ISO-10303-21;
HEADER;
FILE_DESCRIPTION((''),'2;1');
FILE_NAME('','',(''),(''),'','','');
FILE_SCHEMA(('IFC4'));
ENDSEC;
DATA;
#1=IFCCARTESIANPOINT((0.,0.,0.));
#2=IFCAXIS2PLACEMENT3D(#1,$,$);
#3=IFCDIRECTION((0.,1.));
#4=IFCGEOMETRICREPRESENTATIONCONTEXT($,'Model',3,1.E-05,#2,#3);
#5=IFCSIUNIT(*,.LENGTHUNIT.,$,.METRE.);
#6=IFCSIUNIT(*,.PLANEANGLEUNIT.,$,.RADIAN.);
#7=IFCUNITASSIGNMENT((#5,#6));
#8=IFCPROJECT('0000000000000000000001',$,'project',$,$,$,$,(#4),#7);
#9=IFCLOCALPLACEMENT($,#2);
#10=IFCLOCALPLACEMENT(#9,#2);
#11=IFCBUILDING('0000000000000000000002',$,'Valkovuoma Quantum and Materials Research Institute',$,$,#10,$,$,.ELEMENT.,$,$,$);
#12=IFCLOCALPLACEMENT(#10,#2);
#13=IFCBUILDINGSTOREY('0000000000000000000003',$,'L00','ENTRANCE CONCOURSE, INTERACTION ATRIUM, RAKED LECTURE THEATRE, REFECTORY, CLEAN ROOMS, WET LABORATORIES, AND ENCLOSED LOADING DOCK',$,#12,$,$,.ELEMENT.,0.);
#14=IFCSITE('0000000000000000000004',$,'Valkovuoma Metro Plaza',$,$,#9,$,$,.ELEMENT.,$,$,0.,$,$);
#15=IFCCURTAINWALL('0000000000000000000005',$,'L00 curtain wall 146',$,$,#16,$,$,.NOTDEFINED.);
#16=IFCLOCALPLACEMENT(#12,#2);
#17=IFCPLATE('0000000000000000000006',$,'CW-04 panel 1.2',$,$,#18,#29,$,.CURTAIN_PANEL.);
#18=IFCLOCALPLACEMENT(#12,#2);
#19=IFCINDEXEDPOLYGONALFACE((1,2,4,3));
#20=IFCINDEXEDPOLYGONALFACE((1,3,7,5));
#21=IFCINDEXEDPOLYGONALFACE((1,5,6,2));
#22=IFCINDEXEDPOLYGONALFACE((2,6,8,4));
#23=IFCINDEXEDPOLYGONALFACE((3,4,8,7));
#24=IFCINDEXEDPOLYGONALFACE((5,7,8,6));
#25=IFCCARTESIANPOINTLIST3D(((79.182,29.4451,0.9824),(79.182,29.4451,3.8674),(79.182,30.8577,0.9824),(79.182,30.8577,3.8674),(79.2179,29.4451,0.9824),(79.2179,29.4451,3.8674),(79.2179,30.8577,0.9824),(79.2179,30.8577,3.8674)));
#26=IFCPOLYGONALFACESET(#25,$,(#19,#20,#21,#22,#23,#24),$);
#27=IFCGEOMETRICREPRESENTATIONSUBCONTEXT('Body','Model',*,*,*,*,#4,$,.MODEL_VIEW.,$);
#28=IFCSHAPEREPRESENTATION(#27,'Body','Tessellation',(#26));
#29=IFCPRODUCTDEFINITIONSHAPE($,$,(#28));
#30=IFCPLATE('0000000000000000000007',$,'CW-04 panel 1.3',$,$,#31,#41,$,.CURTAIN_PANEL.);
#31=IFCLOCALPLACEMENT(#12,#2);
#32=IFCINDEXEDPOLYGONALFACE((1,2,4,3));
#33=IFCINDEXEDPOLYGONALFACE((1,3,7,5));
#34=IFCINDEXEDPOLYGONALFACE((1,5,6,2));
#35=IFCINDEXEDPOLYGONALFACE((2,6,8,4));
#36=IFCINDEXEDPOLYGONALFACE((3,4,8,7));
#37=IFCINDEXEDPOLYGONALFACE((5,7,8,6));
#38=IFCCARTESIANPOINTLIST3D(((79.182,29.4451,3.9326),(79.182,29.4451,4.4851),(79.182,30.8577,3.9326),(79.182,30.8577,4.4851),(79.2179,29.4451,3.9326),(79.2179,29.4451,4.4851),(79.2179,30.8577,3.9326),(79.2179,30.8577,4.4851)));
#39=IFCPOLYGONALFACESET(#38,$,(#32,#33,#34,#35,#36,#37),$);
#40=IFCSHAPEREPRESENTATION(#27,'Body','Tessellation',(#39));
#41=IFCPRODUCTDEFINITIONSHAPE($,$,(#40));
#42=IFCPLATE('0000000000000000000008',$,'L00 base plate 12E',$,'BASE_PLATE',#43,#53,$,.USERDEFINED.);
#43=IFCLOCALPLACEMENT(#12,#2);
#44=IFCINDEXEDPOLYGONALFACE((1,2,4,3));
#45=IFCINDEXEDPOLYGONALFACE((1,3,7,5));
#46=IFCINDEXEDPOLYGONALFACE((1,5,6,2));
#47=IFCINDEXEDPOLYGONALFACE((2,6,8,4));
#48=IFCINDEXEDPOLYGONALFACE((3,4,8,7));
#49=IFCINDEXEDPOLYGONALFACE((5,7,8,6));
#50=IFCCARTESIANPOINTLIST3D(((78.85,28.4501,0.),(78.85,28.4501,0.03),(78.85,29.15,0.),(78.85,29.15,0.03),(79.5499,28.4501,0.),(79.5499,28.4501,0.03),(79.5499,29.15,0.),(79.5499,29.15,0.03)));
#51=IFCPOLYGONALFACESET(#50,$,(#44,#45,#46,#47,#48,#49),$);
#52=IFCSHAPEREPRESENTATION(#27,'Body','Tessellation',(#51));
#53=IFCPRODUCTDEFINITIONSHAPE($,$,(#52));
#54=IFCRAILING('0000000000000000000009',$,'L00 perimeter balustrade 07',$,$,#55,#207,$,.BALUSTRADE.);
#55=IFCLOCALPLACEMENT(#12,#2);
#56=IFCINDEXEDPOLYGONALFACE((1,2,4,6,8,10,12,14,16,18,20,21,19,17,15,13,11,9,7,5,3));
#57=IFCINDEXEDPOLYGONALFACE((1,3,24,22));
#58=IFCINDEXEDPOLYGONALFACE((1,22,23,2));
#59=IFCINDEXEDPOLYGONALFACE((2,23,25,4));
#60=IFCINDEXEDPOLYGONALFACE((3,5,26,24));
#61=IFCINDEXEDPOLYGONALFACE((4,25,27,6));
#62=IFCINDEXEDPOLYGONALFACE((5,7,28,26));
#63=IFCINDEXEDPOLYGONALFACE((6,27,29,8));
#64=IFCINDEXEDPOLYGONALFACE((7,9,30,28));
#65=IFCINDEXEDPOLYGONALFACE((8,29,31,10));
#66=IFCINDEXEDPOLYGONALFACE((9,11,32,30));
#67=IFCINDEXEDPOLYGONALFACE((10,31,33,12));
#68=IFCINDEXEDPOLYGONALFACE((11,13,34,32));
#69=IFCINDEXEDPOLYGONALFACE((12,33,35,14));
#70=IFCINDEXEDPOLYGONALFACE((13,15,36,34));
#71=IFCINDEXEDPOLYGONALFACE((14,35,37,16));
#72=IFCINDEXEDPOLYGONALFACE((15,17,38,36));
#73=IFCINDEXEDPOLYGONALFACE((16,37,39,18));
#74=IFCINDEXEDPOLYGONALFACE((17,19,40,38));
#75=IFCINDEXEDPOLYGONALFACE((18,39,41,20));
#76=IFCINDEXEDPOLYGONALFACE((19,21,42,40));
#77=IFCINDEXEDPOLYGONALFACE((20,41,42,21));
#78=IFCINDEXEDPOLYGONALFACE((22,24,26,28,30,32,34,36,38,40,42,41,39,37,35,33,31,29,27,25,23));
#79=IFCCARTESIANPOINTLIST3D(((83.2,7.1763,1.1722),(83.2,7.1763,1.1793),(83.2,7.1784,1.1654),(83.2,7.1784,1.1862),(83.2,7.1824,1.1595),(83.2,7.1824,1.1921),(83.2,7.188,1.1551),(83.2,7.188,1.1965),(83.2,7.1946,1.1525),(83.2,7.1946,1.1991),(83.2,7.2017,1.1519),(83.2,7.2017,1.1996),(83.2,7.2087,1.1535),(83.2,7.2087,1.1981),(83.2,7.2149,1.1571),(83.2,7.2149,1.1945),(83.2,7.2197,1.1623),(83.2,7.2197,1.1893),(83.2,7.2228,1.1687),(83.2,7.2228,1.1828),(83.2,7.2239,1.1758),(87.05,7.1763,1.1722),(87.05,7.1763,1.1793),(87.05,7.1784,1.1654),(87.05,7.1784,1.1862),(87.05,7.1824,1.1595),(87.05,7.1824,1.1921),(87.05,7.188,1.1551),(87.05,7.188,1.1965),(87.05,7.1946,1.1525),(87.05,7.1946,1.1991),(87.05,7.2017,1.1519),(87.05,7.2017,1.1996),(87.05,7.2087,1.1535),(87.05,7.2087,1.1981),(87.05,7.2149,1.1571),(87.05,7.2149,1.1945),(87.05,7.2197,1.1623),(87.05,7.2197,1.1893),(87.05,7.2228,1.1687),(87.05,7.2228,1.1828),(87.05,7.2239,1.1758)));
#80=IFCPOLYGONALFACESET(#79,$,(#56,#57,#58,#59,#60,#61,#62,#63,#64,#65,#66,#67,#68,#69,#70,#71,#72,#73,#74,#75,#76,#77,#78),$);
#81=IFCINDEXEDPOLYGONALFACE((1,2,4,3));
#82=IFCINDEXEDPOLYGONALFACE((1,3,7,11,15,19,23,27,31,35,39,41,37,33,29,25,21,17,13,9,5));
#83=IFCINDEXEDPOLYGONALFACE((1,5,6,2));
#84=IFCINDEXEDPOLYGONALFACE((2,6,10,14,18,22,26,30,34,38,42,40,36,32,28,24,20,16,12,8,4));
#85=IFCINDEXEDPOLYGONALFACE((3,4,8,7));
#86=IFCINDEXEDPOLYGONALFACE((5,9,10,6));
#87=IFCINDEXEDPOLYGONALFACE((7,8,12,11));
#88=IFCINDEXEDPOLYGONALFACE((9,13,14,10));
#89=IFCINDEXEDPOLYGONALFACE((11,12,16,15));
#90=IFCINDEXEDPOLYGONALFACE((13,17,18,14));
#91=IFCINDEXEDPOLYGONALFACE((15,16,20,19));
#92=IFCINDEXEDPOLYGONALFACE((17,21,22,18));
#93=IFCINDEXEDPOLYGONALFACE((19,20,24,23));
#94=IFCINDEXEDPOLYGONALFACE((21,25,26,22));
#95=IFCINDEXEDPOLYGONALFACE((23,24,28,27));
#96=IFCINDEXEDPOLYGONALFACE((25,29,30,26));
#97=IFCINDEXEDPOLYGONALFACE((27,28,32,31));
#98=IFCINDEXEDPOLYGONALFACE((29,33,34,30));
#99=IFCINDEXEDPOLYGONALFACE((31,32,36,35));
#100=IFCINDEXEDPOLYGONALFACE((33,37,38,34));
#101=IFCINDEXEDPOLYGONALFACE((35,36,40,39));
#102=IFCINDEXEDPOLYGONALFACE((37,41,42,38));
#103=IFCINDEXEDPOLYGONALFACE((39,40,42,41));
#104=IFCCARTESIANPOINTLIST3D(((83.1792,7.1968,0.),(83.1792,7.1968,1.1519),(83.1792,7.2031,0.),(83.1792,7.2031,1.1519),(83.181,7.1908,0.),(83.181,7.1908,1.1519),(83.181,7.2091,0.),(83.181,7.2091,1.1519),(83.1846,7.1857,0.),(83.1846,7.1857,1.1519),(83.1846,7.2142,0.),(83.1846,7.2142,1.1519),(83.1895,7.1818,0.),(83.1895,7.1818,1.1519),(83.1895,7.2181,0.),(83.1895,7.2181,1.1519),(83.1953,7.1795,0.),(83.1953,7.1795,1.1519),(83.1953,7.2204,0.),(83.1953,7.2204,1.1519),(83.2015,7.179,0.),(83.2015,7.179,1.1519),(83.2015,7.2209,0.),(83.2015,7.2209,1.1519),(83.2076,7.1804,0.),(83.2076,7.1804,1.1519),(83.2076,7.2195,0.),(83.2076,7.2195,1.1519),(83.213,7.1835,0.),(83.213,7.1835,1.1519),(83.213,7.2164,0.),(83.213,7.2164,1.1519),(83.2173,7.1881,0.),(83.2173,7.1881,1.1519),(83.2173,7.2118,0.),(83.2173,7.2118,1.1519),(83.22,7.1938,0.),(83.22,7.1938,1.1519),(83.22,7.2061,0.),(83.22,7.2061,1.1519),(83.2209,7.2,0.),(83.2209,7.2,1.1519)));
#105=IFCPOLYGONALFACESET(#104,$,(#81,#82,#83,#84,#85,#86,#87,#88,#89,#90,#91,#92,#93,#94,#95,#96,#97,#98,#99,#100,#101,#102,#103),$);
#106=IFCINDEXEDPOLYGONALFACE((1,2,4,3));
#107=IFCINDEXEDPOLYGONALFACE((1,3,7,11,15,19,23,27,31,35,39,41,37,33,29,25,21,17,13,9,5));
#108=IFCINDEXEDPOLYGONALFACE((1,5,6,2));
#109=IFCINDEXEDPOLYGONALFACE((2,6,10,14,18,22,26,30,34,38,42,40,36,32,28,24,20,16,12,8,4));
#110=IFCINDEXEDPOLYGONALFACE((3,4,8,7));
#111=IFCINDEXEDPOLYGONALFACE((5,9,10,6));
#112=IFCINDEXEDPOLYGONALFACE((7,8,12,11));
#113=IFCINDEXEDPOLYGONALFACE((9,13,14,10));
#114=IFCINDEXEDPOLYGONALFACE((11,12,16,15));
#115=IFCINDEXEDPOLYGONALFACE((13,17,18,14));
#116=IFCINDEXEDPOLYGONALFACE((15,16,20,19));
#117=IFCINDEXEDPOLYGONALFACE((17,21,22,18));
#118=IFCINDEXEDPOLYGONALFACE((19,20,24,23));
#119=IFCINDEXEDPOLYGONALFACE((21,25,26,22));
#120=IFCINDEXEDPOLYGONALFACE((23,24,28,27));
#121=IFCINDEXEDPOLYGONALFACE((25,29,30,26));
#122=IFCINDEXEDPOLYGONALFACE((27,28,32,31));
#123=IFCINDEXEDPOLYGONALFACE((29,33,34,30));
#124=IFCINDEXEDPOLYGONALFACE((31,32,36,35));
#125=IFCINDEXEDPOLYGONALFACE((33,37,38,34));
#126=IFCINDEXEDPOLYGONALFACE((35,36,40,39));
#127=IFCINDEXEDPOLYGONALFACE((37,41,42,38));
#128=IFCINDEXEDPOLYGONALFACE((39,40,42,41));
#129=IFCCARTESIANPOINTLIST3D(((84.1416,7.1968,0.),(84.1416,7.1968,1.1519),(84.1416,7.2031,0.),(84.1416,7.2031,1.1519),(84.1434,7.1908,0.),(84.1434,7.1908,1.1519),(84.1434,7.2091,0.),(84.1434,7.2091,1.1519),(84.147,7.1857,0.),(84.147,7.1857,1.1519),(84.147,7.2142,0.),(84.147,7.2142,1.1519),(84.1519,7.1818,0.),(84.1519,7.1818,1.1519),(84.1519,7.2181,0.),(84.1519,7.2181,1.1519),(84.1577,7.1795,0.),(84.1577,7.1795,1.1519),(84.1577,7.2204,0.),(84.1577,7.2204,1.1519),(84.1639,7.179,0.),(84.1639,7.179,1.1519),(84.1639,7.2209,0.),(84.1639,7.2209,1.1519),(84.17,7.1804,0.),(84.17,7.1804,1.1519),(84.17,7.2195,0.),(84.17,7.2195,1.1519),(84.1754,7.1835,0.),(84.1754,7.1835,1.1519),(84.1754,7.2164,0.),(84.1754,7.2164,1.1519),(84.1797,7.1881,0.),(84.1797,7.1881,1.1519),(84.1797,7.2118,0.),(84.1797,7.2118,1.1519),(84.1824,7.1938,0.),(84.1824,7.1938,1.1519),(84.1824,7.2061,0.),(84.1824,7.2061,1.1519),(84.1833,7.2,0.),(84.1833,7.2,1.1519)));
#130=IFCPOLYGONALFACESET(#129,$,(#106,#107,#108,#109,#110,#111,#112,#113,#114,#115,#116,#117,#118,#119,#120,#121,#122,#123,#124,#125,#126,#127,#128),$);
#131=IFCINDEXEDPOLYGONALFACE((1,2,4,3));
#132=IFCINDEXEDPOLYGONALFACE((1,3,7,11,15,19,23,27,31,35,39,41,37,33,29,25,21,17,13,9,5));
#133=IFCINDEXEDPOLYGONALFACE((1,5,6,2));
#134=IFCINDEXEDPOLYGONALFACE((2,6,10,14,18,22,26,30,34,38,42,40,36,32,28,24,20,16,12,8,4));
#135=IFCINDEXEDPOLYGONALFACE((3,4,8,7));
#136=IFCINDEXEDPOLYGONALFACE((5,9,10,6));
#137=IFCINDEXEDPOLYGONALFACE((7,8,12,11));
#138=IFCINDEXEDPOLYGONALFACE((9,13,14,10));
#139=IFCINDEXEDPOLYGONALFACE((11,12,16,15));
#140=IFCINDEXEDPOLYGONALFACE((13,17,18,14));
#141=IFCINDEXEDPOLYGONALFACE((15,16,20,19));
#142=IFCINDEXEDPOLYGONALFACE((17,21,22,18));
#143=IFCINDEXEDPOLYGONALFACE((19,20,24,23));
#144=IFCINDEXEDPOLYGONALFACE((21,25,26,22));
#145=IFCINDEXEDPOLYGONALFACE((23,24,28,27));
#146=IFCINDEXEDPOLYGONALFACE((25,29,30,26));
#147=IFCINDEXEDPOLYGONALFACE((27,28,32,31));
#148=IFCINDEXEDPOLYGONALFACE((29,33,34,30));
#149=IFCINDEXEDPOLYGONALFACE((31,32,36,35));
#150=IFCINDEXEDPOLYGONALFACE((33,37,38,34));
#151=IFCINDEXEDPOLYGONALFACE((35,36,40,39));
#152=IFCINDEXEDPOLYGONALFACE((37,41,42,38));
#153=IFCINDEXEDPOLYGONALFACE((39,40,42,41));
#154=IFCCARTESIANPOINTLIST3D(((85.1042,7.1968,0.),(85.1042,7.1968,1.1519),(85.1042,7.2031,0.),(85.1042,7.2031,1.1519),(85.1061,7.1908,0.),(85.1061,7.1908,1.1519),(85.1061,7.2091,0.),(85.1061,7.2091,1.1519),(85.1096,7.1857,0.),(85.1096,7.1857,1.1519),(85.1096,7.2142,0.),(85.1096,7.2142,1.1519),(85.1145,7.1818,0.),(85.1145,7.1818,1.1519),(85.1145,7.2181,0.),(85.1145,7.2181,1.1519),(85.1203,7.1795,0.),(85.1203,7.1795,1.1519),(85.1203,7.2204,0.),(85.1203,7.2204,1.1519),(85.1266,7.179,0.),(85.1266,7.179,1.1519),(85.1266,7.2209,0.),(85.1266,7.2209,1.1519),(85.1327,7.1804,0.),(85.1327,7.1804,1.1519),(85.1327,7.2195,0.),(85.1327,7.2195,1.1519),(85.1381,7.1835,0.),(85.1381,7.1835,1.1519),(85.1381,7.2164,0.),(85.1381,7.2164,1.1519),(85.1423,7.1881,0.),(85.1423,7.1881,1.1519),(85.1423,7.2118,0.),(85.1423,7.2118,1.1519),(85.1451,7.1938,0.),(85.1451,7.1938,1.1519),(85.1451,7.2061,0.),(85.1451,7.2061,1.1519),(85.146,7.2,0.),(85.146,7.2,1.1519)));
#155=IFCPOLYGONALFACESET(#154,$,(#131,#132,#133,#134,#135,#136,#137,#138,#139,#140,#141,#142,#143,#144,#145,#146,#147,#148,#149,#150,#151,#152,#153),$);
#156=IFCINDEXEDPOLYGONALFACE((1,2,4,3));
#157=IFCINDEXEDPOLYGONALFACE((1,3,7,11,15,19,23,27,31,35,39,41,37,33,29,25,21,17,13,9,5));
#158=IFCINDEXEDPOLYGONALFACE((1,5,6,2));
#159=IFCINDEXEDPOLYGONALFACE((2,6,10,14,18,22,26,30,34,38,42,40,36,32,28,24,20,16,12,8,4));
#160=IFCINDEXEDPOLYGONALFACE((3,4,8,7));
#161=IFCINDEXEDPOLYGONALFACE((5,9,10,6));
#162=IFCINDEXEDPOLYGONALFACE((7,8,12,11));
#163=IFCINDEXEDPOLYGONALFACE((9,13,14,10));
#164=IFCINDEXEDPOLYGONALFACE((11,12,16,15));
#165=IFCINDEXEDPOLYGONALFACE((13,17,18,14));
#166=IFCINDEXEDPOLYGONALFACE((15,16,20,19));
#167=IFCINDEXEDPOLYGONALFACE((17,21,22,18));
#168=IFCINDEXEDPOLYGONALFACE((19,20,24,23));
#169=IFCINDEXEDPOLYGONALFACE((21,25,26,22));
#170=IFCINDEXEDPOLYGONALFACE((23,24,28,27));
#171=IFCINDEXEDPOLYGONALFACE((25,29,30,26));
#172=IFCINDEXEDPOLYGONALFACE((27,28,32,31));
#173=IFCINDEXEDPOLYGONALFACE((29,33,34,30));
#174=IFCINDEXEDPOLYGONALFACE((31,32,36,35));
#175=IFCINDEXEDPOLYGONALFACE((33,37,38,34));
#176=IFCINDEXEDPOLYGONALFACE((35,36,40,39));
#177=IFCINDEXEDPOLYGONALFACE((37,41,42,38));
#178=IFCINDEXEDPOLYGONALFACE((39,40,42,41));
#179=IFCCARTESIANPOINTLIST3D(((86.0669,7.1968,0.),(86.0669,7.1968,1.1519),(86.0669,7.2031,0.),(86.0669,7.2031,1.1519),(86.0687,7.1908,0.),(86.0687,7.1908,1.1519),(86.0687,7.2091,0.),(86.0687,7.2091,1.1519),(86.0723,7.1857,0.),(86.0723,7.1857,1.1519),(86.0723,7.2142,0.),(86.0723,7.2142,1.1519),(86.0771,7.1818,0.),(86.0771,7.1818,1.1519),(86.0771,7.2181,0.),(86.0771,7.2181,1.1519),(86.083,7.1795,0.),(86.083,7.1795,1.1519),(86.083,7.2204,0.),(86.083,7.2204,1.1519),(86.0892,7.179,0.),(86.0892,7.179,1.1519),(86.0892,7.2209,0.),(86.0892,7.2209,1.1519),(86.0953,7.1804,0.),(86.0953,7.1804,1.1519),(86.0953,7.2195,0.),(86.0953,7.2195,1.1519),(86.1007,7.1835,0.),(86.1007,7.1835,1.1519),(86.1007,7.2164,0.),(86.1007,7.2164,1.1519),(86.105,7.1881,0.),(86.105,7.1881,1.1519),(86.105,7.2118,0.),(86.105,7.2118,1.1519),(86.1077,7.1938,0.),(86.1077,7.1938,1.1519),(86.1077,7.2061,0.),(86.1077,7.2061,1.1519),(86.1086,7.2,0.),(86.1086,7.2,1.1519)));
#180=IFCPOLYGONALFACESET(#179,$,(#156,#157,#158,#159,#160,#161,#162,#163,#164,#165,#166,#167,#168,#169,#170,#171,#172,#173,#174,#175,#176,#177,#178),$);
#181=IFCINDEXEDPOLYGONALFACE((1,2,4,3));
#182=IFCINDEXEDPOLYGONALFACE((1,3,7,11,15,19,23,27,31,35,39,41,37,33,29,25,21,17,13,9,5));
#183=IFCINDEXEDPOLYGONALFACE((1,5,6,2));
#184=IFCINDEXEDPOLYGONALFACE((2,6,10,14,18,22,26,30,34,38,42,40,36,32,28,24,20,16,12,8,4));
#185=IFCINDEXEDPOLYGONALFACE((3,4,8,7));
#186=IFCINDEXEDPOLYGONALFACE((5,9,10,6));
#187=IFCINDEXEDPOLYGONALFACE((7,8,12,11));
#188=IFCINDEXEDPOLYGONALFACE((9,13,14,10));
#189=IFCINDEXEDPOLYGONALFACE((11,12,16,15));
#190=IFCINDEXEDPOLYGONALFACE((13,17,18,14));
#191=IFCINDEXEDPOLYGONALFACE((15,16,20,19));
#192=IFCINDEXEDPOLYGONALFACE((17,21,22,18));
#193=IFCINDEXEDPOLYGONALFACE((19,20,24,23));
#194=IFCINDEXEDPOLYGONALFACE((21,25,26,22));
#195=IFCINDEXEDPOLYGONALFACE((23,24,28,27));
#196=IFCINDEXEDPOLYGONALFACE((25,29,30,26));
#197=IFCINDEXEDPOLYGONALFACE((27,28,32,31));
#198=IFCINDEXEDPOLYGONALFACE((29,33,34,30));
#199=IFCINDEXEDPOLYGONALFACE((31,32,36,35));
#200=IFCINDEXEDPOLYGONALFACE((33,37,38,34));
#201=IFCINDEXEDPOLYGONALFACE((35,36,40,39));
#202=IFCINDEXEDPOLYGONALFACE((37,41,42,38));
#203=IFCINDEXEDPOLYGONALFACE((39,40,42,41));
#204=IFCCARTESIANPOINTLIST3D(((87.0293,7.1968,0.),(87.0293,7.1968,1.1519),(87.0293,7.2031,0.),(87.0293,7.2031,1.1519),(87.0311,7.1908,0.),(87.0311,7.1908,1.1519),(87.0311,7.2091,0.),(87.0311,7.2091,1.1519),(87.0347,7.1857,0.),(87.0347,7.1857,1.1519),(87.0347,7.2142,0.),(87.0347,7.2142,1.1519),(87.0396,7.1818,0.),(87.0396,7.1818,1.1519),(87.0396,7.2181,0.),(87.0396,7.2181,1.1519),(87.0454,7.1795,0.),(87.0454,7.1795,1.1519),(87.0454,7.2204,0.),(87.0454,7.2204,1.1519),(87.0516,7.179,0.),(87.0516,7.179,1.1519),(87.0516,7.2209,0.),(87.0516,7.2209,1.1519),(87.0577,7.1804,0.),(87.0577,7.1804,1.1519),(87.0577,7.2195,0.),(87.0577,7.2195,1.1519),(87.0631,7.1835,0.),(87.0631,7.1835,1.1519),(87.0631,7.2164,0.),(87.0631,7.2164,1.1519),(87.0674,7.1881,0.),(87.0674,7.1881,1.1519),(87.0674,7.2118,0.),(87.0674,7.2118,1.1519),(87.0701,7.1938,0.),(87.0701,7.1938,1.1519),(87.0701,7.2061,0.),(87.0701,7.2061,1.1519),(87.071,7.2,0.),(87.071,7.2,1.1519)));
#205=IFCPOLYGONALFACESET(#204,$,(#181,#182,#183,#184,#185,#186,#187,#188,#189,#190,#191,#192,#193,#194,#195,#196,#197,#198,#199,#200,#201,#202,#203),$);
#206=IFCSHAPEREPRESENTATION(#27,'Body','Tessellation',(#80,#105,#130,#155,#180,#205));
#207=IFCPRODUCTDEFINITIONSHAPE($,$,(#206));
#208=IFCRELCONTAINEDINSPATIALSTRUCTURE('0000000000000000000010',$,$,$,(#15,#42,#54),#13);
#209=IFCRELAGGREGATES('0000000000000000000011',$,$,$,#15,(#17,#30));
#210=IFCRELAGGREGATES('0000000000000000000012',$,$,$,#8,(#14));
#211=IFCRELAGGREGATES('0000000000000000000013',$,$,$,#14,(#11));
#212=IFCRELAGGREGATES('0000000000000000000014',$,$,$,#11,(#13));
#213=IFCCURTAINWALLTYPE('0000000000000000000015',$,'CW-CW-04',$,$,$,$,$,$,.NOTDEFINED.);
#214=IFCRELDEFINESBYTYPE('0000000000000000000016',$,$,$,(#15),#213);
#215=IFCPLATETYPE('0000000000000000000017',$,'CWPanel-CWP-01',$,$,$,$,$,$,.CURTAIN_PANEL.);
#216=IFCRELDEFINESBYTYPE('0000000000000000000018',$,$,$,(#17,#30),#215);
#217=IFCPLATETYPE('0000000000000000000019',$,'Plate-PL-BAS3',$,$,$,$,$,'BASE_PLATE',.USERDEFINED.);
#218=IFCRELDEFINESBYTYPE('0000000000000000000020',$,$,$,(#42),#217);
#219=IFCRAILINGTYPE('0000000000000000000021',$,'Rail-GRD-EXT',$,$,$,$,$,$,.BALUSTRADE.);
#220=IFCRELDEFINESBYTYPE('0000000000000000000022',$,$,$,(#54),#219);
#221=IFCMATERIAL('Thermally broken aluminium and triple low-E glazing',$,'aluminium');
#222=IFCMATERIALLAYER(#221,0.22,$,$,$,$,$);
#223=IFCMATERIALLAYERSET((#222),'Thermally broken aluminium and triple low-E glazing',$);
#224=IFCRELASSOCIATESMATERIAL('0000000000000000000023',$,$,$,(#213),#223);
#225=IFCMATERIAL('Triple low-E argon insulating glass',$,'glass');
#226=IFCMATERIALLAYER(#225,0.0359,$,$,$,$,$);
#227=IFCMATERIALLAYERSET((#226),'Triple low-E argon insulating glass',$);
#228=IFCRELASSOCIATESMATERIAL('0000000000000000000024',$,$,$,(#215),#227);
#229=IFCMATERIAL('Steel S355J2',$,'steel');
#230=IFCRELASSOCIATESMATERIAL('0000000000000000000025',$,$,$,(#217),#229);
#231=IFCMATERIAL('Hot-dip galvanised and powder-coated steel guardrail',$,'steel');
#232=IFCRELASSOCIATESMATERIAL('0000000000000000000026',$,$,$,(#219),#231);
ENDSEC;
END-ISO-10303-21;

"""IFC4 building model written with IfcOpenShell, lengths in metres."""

from ifc_helpers import new_model, si_unit, direction, frame, origin, origin_2d, place, context, subcontext, project, spatial, rectangle, circle, extrude, material, layer, layer_set, type_object, element, aggregate, save


model = new_model("IFC4")

# Units and contexts
model_context = context("Model", 3, precision=1e-05, world=origin(), true_north=direction((0.0, 1.0)))
body_context = subcontext(model_context, "Body", "Model", "MODEL_VIEW")
ifc_project = project(units=[si_unit("LENGTHUNIT", "METRE"), si_unit("PLANEANGLEUNIT", "RADIAN")], contexts=[model_context])

# Site, building, storey
site_placement = place(None, origin())
site = spatial("IfcSite", under=ifc_project, at=site_placement, Name="Valkovuoma Metro Plaza", CompositionType="ELEMENT", RefElevation=0.0)
building_placement = place(site_placement, origin())
building = spatial("IfcBuilding", under=site, at=building_placement, Name="Valkovuoma Quantum and Materials Research Institute", CompositionType="ELEMENT")
storey_placement = place(building_placement, origin())
storey = spatial("IfcBuildingStorey", under=building, at=storey_placement, Name="L00", Description="ENTRANCE CONCOURSE, INTERACTION ATRIUM, RAKED LECTURE THEATRE, REFECTORY, CLEAN ROOMS, WET LABORATORIES, AND ENCLOSED LOADING DOCK", CompositionType="ELEMENT", Elevation=0.0)

# Curtain wall
ifc_material_1 = material(Name="Thermally broken aluminium and triple low-E glazing", Category="aluminium")
ifc_layer_1 = layer(ifc_material_1, 0.22)
ifc_layer_set_1 = layer_set([ifc_layer_1], Name="Thermally broken aluminium and triple low-E glazing")
curtain_wall_type = type_object("IfcCurtainWallType", Name="CW-CW-04", PredefinedType="NOTDEFINED", material=ifc_layer_set_1)
curtain_wall_1_placement = place(storey_placement, origin())
curtain_wall_1 = element("IfcCurtainWall", 1, at=curtain_wall_1_placement, inside=storey, type_object=curtain_wall_type, Name="L00 curtain wall 146", PredefinedType="NOTDEFINED")

# Plates
ifc_material_2 = material(Name="Triple low-E argon insulating glass", Category="glass")
ifc_layer_2 = layer(ifc_material_2, 0.0359)
ifc_layer_set_2 = layer_set([ifc_layer_2], Name="Triple low-E argon insulating glass")
plate_type_1 = type_object("IfcPlateType", Name="CWPanel-CWP-01", PredefinedType="CURTAIN_PANEL", material=ifc_layer_set_2)
plate_1_placement = place(storey_placement, frame((79.2, 30.1514, 0.9824), z_axis=(0.0, 0.0, 1.0), x_axis=(0.0, 1.0, 0.0)))
plate_1 = element("IfcPlate", 2, at=plate_1_placement, type_object=plate_type_1, Name="CW-04 panel 1.2", PredefinedType="CURTAIN_PANEL", context=body_context, shape_type="SweptSolid", body=[
    extrude(rectangle(XDim=1.4126, YDim=0.0359, at=origin_2d()), origin(), (0.0, 0.0, 1.0), 2.885),
])
plate_2_placement = place(storey_placement, frame((79.2, 30.1514, 3.9326), z_axis=(0.0, 0.0, 1.0), x_axis=(0.0, 1.0, 0.0)))
plate_2 = element("IfcPlate", 3, at=plate_2_placement, type_object=plate_type_1, Name="CW-04 panel 1.3", PredefinedType="CURTAIN_PANEL", context=body_context, shape_type="SweptSolid", body=[
    extrude(rectangle(XDim=1.4126, YDim=0.0359, at=origin_2d()), origin(), (0.0, 0.0, 1.0), 0.5525),
])
aggregate(curtain_wall_1, [plate_1, plate_2])
ifc_material_3 = material(Name="Steel S355J2", Category="steel")
plate_type_2 = type_object("IfcPlateType", Name="Plate-PL-BAS3", ElementType="BASE_PLATE", PredefinedType="USERDEFINED", material=ifc_material_3)
plate_3_placement = place(storey_placement, frame((79.2, 28.8, 0.0), z_axis=(0.0, 0.0, 1.0), x_axis=(1.0, 0.0, 0.0)))
element("IfcPlate", 4, at=plate_3_placement, inside=storey, type_object=plate_type_2, Name="L00 base plate 12E", ObjectType="BASE_PLATE", PredefinedType="USERDEFINED", context=body_context, shape_type="SweptSolid", body=[
    extrude(rectangle(XDim=0.7, YDim=0.7, at=origin_2d()), origin(), (0.0, 0.0, 1.0), 0.03),
])

# Railing
ifc_material_4 = material(Name="Hot-dip galvanised and powder-coated steel guardrail", Category="steel")
railing_type = type_object("IfcRailingType", Name="Rail-GRD-EXT", PredefinedType="BALUSTRADE", material=ifc_material_4)
railing_1_placement = place(storey_placement, frame((83.2, 7.2, 0.0)))
element("IfcRailing", 5, at=railing_1_placement, inside=storey, type_object=railing_type, Name="L00 perimeter balustrade 07", PredefinedType="BALUSTRADE", context=body_context, shape_type="SweptSolid", body=[
    extrude(circle(Radius=0.0239, at=origin_2d()), frame((0.0, 0.0, 1.1758), z_axis=(1.0, 0.0, 0.0), x_axis=(0.0, 1.0, 0.0)), (0.0, 0.0, 1.0), 3.8501),
    extrude(circle(Radius=0.021, at=origin_2d()), origin(), (0.0, 0.0, 1.0), 1.1519),
    extrude(circle(Radius=0.021, at=origin_2d()), frame((0.9624, 0.0, 0.0)), (0.0, 0.0, 1.0), 1.1519),
    extrude(circle(Radius=0.021, at=origin_2d()), frame((1.925, 0.0, 0.0)), (0.0, 0.0, 1.0), 1.1519),
    extrude(circle(Radius=0.021, at=origin_2d()), frame((2.8877, 0.0, 0.0)), (0.0, 0.0, 1.0), 1.1519),
    extrude(circle(Radius=0.021, at=origin_2d()), frame((3.8501, 0.0, 0.0)), (0.0, 0.0, 1.0), 1.1519),
])

save(model, "model.ifc")
